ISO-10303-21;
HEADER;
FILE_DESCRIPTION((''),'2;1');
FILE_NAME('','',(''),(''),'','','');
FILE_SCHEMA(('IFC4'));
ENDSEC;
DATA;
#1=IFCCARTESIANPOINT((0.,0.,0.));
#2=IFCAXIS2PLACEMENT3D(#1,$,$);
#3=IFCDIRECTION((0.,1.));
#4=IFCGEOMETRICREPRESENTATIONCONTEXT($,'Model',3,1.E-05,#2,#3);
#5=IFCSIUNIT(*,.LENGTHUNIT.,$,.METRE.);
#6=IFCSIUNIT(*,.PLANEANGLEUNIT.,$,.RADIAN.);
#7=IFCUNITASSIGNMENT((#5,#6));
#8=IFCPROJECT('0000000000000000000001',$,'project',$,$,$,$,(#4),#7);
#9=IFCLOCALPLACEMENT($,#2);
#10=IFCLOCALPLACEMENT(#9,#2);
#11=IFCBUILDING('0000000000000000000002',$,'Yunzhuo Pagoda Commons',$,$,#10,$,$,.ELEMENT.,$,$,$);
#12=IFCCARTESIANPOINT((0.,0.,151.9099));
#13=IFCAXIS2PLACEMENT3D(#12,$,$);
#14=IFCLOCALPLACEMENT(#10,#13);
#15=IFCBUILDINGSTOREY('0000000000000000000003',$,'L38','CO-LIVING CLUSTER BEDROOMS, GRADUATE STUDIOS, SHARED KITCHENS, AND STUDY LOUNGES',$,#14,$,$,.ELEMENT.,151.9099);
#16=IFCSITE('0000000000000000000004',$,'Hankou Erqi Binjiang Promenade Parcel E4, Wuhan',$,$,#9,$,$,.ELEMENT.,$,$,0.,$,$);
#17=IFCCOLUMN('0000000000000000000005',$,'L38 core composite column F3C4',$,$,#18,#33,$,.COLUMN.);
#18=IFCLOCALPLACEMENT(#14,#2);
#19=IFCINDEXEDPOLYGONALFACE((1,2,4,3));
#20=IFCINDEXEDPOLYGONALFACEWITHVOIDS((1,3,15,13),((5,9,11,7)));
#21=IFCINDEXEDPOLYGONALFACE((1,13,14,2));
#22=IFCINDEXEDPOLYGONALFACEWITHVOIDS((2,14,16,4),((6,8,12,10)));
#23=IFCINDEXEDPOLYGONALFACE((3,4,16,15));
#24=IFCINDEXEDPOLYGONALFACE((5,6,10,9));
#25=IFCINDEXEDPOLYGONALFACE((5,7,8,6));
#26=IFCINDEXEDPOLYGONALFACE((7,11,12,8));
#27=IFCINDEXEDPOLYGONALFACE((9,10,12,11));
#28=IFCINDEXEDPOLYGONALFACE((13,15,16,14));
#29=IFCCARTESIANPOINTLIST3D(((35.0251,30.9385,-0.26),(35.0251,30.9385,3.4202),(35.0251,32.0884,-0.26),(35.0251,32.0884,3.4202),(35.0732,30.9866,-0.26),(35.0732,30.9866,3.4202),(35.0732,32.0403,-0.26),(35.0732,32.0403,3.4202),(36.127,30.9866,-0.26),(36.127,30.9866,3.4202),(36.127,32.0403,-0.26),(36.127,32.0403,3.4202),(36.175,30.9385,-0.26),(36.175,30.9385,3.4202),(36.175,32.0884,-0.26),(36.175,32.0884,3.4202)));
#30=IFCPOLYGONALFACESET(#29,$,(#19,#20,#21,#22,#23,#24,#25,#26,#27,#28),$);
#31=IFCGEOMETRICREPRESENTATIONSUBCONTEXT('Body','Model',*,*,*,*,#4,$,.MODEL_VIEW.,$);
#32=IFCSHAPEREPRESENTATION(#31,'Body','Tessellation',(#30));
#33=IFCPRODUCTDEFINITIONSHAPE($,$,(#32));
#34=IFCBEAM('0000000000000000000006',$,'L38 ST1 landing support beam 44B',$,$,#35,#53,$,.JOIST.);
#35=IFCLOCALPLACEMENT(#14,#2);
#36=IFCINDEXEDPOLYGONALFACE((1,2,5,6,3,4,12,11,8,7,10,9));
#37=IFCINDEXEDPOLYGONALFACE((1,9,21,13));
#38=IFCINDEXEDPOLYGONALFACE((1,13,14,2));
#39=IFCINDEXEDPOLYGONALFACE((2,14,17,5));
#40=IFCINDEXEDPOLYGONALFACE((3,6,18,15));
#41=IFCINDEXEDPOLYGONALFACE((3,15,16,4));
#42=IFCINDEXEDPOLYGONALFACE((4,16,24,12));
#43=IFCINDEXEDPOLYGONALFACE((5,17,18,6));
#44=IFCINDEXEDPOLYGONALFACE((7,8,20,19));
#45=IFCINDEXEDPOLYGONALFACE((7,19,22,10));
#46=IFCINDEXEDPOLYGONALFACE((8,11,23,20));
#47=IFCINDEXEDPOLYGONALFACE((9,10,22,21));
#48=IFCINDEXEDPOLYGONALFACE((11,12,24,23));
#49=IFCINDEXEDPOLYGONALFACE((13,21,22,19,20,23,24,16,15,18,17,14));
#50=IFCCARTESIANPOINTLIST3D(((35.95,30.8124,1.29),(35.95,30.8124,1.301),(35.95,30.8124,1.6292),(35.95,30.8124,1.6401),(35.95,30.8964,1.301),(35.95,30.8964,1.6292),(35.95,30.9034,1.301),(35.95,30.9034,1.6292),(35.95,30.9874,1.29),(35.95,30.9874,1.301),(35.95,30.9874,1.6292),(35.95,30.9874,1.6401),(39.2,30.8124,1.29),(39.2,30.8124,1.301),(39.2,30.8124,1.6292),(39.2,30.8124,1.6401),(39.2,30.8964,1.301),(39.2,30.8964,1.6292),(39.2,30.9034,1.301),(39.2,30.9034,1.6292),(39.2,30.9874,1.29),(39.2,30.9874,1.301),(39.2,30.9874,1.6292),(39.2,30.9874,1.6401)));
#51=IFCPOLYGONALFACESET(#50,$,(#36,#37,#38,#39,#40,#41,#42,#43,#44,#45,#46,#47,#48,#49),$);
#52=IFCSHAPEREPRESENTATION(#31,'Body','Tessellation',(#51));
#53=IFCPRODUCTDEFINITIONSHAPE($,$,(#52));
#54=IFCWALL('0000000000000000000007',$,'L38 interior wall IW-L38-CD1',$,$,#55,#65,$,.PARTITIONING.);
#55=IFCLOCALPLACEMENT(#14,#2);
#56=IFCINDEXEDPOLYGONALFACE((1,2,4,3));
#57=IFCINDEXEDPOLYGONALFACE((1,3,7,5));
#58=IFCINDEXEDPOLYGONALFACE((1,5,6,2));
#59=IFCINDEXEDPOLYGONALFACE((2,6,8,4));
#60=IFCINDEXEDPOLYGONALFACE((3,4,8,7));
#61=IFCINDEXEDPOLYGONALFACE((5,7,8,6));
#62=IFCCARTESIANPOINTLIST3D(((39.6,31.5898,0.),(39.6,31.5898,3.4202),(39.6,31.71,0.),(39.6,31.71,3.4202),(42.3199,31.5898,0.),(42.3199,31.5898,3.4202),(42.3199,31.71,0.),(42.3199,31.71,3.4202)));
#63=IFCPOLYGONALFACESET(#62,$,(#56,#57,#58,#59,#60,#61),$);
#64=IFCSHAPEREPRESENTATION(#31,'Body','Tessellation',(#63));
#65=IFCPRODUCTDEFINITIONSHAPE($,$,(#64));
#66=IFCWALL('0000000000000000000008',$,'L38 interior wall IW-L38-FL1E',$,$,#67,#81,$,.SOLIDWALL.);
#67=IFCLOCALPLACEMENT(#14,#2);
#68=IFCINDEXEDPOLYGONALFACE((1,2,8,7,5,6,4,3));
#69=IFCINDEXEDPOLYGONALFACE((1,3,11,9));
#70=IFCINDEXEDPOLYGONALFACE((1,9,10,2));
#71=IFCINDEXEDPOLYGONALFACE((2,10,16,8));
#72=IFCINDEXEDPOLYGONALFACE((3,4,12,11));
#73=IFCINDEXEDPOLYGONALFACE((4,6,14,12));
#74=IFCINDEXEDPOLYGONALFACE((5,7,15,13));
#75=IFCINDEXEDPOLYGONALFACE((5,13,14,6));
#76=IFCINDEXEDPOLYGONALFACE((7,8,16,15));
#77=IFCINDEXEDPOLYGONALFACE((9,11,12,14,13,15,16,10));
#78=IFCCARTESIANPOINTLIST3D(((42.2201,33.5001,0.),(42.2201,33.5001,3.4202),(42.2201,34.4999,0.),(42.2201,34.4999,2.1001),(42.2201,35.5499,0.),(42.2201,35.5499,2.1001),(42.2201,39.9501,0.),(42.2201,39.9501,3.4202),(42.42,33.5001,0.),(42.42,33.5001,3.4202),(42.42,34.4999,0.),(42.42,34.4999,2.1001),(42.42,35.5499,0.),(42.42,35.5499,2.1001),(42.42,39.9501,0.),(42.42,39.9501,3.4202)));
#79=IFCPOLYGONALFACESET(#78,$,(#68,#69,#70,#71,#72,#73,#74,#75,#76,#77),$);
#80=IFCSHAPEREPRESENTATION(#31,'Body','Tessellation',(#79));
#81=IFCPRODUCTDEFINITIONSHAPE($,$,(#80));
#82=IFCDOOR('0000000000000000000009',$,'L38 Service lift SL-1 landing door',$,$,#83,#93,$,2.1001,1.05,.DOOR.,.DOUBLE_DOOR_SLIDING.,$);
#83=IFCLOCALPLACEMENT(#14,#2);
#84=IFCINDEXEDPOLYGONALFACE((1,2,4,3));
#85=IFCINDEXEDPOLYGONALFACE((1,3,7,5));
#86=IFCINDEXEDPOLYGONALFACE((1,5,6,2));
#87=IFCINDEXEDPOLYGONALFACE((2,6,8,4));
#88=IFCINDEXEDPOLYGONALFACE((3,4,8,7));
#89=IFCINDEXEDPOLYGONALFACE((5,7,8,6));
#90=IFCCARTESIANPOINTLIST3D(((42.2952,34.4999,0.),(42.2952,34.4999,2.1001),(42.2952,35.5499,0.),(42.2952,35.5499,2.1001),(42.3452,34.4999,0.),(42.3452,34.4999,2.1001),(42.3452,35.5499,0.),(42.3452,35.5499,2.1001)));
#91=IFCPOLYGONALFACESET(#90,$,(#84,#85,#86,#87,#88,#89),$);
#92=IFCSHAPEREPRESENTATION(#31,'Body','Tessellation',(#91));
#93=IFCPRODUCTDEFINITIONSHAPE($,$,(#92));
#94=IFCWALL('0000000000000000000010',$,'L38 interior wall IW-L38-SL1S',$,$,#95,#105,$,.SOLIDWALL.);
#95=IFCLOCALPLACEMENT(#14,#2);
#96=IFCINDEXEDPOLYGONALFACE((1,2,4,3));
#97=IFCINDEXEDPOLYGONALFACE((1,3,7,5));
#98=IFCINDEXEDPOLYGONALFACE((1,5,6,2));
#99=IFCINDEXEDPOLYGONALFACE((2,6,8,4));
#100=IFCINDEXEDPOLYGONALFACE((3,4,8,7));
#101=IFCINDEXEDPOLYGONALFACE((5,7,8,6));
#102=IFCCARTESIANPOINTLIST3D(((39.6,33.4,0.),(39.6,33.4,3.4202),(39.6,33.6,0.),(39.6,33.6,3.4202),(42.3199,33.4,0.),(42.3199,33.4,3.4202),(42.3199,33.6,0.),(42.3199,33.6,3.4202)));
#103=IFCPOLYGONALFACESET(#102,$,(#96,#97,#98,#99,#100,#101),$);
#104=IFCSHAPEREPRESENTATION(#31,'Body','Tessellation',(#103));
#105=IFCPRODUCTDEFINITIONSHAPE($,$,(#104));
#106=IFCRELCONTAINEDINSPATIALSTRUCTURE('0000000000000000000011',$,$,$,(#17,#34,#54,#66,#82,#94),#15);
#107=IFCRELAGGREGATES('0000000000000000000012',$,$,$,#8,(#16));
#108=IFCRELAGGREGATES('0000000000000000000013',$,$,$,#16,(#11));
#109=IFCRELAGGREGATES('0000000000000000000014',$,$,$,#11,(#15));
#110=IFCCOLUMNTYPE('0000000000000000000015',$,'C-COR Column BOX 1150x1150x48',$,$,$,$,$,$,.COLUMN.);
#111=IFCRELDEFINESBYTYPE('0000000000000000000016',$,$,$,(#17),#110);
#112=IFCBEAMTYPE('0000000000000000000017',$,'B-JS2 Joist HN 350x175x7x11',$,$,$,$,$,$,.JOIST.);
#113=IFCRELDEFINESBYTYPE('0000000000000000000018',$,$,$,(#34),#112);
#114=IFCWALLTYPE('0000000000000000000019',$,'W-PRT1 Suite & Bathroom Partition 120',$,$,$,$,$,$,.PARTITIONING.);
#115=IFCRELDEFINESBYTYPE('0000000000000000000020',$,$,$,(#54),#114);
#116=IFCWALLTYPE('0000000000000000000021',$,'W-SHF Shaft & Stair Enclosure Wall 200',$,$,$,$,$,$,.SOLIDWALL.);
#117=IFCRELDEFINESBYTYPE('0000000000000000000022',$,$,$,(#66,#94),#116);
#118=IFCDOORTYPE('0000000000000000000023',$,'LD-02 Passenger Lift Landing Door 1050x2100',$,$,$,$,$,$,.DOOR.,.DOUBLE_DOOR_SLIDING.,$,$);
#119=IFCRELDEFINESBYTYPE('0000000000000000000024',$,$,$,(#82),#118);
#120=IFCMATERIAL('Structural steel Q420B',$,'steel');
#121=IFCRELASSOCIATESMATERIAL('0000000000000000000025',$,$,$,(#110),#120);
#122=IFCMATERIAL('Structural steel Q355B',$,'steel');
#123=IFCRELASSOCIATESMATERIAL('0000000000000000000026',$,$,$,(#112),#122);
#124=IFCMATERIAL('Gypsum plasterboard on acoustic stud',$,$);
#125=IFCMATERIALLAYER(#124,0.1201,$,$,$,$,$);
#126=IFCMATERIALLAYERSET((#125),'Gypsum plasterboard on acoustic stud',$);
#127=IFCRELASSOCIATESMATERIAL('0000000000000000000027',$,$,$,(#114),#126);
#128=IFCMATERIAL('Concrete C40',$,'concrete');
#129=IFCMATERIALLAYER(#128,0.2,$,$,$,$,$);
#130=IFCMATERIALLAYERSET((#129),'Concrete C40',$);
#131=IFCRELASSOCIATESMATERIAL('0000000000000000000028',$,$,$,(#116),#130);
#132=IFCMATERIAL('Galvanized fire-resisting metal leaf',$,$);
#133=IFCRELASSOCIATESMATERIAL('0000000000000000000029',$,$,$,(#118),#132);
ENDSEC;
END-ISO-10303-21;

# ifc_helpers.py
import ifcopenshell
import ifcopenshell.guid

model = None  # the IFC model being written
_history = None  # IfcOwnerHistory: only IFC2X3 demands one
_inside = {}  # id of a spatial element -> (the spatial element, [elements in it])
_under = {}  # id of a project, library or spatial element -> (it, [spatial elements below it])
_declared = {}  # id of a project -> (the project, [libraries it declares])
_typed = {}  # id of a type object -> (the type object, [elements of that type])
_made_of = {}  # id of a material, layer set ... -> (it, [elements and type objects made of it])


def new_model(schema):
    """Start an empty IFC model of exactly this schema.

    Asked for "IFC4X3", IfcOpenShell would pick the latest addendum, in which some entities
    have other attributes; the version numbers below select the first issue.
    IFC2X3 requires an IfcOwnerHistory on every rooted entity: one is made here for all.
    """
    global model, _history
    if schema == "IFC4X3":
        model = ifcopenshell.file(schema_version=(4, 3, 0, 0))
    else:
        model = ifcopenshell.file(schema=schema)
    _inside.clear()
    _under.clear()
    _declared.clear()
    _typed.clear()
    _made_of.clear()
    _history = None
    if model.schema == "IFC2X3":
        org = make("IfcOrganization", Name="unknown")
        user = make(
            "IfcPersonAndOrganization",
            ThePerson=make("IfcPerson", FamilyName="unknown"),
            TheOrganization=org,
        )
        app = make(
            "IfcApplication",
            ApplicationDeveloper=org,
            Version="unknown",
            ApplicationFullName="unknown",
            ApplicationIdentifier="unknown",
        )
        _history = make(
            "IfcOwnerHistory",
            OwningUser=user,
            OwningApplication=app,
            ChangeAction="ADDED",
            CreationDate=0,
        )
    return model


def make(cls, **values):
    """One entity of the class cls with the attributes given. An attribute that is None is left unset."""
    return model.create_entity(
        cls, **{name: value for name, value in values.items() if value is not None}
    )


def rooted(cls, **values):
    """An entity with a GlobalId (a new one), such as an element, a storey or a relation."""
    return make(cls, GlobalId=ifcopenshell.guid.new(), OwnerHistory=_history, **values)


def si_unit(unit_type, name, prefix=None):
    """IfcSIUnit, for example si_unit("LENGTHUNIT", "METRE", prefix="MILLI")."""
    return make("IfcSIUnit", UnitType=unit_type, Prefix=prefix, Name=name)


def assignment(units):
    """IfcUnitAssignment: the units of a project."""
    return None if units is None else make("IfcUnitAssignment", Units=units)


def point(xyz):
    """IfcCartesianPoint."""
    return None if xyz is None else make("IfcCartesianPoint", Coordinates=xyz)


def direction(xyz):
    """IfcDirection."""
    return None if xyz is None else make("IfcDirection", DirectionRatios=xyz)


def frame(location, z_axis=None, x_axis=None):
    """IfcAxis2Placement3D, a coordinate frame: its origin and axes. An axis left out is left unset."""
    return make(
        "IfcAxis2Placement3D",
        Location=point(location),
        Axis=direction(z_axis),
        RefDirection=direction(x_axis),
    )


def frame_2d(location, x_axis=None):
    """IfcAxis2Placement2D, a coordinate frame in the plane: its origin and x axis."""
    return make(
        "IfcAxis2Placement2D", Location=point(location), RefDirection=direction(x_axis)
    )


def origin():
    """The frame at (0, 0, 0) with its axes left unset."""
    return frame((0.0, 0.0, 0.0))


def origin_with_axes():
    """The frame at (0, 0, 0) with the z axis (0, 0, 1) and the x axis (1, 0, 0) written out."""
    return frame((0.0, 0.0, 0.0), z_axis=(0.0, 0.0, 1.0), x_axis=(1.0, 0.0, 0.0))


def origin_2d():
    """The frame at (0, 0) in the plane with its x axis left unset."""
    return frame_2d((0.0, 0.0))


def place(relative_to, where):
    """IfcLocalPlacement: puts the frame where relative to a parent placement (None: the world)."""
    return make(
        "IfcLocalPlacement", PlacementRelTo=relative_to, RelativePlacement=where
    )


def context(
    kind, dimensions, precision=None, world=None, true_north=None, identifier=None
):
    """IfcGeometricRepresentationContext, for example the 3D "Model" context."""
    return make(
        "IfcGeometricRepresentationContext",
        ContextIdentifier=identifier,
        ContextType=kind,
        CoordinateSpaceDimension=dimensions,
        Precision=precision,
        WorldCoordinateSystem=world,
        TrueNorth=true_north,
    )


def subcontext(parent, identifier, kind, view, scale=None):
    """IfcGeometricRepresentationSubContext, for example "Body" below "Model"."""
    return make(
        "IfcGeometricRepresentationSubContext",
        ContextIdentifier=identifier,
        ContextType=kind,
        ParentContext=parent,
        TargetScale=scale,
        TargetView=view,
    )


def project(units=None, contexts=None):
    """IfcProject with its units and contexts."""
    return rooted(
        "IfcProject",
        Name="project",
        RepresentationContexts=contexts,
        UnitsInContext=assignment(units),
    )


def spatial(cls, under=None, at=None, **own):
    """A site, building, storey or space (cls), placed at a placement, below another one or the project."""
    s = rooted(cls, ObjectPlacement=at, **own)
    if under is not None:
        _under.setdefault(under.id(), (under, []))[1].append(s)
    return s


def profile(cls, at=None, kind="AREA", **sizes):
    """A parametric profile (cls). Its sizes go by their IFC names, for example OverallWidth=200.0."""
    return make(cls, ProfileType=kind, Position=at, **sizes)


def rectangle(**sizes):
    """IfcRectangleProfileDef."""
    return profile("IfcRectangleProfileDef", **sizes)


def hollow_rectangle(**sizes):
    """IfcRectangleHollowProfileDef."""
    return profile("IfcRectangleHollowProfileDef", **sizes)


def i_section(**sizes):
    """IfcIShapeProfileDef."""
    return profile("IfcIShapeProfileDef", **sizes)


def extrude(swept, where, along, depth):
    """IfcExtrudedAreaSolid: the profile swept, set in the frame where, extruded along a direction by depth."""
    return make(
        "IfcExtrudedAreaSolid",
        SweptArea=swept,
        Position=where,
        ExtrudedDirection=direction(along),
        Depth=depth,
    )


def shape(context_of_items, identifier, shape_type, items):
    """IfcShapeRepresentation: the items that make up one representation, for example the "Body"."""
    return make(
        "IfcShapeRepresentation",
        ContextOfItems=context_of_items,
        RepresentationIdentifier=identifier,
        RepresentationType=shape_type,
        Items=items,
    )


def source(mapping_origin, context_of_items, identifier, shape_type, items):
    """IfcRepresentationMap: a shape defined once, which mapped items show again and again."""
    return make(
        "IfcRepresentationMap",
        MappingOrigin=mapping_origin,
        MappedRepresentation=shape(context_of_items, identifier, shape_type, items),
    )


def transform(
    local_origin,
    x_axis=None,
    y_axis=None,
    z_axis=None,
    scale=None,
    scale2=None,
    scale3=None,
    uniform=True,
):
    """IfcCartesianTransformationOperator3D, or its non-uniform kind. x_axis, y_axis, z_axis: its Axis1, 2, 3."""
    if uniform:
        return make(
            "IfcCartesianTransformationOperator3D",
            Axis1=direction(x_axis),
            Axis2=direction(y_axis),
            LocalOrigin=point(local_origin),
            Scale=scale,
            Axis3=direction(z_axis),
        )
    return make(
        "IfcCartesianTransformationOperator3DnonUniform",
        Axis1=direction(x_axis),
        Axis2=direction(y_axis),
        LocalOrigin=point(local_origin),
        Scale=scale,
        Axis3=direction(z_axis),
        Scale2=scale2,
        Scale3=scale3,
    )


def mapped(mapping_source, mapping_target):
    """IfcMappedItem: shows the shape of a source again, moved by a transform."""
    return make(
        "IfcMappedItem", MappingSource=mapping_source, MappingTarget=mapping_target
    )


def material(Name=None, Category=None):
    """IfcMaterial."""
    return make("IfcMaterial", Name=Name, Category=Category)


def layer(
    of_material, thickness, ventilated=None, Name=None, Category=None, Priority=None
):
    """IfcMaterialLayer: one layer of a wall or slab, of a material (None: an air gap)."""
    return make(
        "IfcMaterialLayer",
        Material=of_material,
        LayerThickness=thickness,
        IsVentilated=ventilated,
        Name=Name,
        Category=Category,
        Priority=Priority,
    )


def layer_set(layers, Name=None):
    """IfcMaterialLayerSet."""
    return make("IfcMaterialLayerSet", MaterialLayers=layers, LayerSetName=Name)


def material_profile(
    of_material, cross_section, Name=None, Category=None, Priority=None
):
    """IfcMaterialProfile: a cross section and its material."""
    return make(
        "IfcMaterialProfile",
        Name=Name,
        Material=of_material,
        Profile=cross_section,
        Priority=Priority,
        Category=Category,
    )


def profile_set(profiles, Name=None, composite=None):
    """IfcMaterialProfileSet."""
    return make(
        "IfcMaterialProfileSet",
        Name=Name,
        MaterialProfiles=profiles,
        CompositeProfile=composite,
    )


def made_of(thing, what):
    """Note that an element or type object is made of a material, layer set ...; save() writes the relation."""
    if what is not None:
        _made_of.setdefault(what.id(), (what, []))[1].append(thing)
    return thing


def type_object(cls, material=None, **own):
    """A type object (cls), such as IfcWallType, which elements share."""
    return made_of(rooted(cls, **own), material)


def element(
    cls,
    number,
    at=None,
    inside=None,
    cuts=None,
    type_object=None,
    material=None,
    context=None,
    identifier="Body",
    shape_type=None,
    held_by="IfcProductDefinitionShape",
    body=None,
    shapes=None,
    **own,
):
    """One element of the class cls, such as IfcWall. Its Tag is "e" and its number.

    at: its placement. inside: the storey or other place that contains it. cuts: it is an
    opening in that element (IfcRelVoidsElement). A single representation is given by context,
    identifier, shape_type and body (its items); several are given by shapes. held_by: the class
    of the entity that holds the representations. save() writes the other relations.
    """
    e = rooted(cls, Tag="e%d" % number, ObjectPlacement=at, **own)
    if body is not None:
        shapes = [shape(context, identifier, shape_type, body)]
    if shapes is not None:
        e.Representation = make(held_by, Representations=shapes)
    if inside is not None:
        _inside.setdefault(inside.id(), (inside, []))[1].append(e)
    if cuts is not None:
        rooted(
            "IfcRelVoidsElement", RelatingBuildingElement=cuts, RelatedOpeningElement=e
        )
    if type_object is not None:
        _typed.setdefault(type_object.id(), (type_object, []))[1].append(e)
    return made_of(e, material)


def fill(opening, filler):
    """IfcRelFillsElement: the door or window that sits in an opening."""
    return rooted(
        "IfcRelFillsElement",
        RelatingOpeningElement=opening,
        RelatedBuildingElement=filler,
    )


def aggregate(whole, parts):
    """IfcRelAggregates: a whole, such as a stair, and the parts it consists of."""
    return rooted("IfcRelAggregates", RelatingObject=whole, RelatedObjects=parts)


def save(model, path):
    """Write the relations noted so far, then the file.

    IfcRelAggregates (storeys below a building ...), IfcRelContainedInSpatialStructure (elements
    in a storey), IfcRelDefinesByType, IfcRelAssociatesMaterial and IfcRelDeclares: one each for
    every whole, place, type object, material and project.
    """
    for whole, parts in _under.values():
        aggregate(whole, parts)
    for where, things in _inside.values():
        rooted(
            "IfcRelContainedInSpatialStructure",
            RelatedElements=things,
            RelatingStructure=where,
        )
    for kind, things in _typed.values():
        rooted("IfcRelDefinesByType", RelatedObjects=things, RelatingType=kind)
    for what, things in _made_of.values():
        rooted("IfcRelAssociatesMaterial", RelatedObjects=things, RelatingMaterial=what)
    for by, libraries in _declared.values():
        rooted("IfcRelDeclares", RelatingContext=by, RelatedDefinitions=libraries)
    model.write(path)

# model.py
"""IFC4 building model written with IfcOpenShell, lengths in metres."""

from ifc_helpers import new_model, si_unit, direction, frame, frame_2d, origin, origin_with_axes, origin_2d, place, context, subcontext, project, spatial, rectangle, hollow_rectangle, i_section, extrude, source, transform, mapped, material, layer, layer_set, material_profile, profile_set, type_object, element, fill, save


model = new_model("IFC4")

# Units and contexts
model_context = context("Model", 3, precision=1e-05, world=origin(), true_north=direction((0.0, 1.0)))
body_context = subcontext(model_context, "Body", "Model", "MODEL_VIEW")
ifc_project = project(units=[si_unit("LENGTHUNIT", "METRE"), si_unit("PLANEANGLEUNIT", "RADIAN")], contexts=[model_context])

# Site, building, storey
site_placement = place(None, origin())
site = spatial("IfcSite", under=ifc_project, at=site_placement, Name="Hankou Erqi Binjiang Promenade Parcel E4, Wuhan", CompositionType="ELEMENT", RefElevation=0.0)
building_placement = place(site_placement, origin())
building = spatial("IfcBuilding", under=site, at=building_placement, Name="Yunzhuo Pagoda Commons", CompositionType="ELEMENT")
storey_placement = place(building_placement, frame((0.0, 0.0, 151.9099)))
storey = spatial("IfcBuildingStorey", under=building, at=storey_placement, Name="L38", Description="CO-LIVING CLUSTER BEDROOMS, GRADUATE STUDIOS, SHARED KITCHENS, AND STUDY LOUNGES", CompositionType="ELEMENT", Elevation=151.9099)

# Column
ifc_material_1 = material(Name="Structural steel Q420B", Category="steel")
ifc_material_profile_1 = material_profile(ifc_material_1, hollow_rectangle(XDim=1.1499, YDim=1.1499, WallThickness=0.0481, at=origin_2d()), Name="Structural steel Q420B")
ifc_profile_set_1 = profile_set([ifc_material_profile_1], Name="Structural steel Q420B")
column_type = type_object("IfcColumnType", Name="C-COR Column BOX 1150x1150x48", PredefinedType="COLUMN", material=ifc_profile_set_1)
shared_shape_1 = source(origin(), body_context, "Body", "SweptSolid", [
    extrude(hollow_rectangle(XDim=1.1499, YDim=1.1499, WallThickness=0.0481, at=origin_2d()), origin(), (0.0, 0.0, 1.0), 3.6802),
])
column_placement = place(storey_placement, frame((35.6001, 31.5134, -0.26), z_axis=(0.0, 0.0, 1.0), x_axis=(1.0, 0.0, 0.0)))
element("IfcColumn", 1, at=column_placement, inside=storey, type_object=column_type, Name="L38 core composite column F3C4", PredefinedType="COLUMN", context=body_context, shape_type="MappedRepresentation", body=[
    mapped(shared_shape_1, transform((0.0, 0.0, 0.0), scale=1.0)),
])

# Beam
ifc_material_2 = material(Name="Structural steel Q355B", Category="steel")
ifc_material_profile_2 = material_profile(ifc_material_2, i_section(OverallWidth=0.175, OverallDepth=0.3501, WebThickness=0.0071, FlangeThickness=0.011, at=origin_2d()), Name="Structural steel Q355B")
ifc_profile_set_2 = profile_set([ifc_material_profile_2], Name="Structural steel Q355B")
beam_type = type_object("IfcBeamType", Name="B-JS2 Joist HN 350x175x7x11", PredefinedType="JOIST", material=ifc_profile_set_2)
shared_shape_2 = source(origin(), body_context, "Body", "SweptSolid", [
    extrude(i_section(OverallWidth=0.175, OverallDepth=0.3501, WebThickness=0.0071, FlangeThickness=0.011, at=origin_2d()), origin(), (0.0, 0.0, 1.0), 3.25),
])
beam_placement = place(storey_placement, frame((35.95, 30.8999, 1.4651), z_axis=(1.0, 0.0, 0.0), x_axis=(0.0, 1.0, 0.0)))
element("IfcBeam", 2, at=beam_placement, inside=storey, type_object=beam_type, Name="L38 ST1 landing support beam 44B", PredefinedType="JOIST", context=body_context, shape_type="MappedRepresentation", body=[
    mapped(shared_shape_2, transform((0.0, 0.0, 0.0), scale=1.0)),
])

# Wall
ifc_material_3 = material(Name="Gypsum plasterboard on acoustic stud")
ifc_layer_1 = layer(ifc_material_3, 0.1201)
ifc_layer_set_1 = layer_set([ifc_layer_1], Name="Gypsum plasterboard on acoustic stud")
wall_type_1 = type_object("IfcWallType", Name="W-PRT1 Suite & Bathroom Partition 120", PredefinedType="PARTITIONING", material=ifc_layer_set_1)
wall_1_placement = place(storey_placement, frame((39.6001, 31.6499, 0.0), z_axis=(0.0, 0.0, 1.0), x_axis=(1.0, 0.0, 0.0)))
element("IfcWall", 3, at=wall_1_placement, inside=storey, type_object=wall_type_1, Name="L38 interior wall IW-L38-CD1", PredefinedType="PARTITIONING", context=body_context, shape_type="SweptSolid", body=[
    extrude(rectangle(XDim=2.72, YDim=0.1201, at=frame_2d((1.3599, 0.0))), origin(), (0.0, 0.0, 1.0), 3.4202),
])

# Wall, opening, door
ifc_material_4 = material(Name="Concrete C40", Category="concrete")
ifc_layer_2 = layer(ifc_material_4, 0.2)
ifc_layer_set_2 = layer_set([ifc_layer_2], Name="Concrete C40")
wall_type_2 = type_object("IfcWallType", Name="W-SHF Shaft & Stair Enclosure Wall 200", PredefinedType="SOLIDWALL", material=ifc_layer_set_2)
wall_2_placement = place(storey_placement, frame((42.3201, 33.5, 0.0), z_axis=(0.0, 0.0, 1.0), x_axis=(0.0, 1.0, 0.0)))
wall_2 = element("IfcWall", 4, at=wall_2_placement, inside=storey, type_object=wall_type_2, Name="L38 interior wall IW-L38-FL1E", PredefinedType="SOLIDWALL", context=body_context, shape_type="SweptSolid", body=[
    extrude(rectangle(XDim=6.45, YDim=0.2, at=frame_2d((3.2251, 0.0))), origin(), (0.0, 0.0, 1.0), 3.4202),
])
opening_1_placement = place(wall_2_placement, frame((1.0, 0.0, 0.0)))
opening_1 = element("IfcOpeningElement", 5, at=opening_1_placement, cuts=wall_2, PredefinedType="OPENING", context=body_context, shape_type="SweptSolid", body=[
    extrude(rectangle(XDim=1.05, YDim=2.1001, at=frame_2d((0.5249, 1.05))), frame((0.0, 0.1099, 0.0), z_axis=(0.0, -1.0, 0.0), x_axis=(1.0, 0.0, 0.0)), (0.0, 0.0, 1.0), 0.22),
])
ifc_material_5 = material(Name="Galvanized fire-resisting metal leaf")
door_type = type_object("IfcDoorType", Name="LD-02 Passenger Lift Landing Door 1050x2100", OperationType="DOUBLE_DOOR_SLIDING", PredefinedType="DOOR", material=ifc_material_5)
shared_shape_3 = source(origin(), body_context, "Body", "SweptSolid", [
    extrude(rectangle(XDim=1.05, YDim=2.1001, at=frame_2d((0.5249, 1.05))), frame((0.0, 0.0249, 0.0), z_axis=(0.0, -1.0, 0.0), x_axis=(1.0, 0.0, 0.0)), (0.0, 0.0, 1.0), 0.05),
])
door_1_placement = place(opening_1_placement, origin_with_axes())
door_1 = element("IfcDoor", 6, at=door_1_placement, inside=storey, type_object=door_type, Name="L38 Service lift SL-1 landing door", OperationType="DOUBLE_DOOR_SLIDING", OverallHeight=2.1001, OverallWidth=1.05, PredefinedType="DOOR", context=body_context, shape_type="MappedRepresentation", body=[
    mapped(shared_shape_3, transform((0.0, 0.0, 0.0), scale=1.0)),
])
fill(opening_1, door_1)

# Wall
wall_3_placement = place(storey_placement, frame((39.6001, 33.5, 0.0), z_axis=(0.0, 0.0, 1.0), x_axis=(1.0, 0.0, 0.0)))
element("IfcWall", 7, at=wall_3_placement, inside=storey, type_object=wall_type_2, Name="L38 interior wall IW-L38-SL1S", PredefinedType="SOLIDWALL", context=body_context, shape_type="SweptSolid", body=[
    extrude(rectangle(XDim=2.72, YDim=0.2, at=frame_2d((1.3599, 0.0))), origin(), (0.0, 0.0, 1.0), 3.4202),
])

save(model, "model.ifc")
